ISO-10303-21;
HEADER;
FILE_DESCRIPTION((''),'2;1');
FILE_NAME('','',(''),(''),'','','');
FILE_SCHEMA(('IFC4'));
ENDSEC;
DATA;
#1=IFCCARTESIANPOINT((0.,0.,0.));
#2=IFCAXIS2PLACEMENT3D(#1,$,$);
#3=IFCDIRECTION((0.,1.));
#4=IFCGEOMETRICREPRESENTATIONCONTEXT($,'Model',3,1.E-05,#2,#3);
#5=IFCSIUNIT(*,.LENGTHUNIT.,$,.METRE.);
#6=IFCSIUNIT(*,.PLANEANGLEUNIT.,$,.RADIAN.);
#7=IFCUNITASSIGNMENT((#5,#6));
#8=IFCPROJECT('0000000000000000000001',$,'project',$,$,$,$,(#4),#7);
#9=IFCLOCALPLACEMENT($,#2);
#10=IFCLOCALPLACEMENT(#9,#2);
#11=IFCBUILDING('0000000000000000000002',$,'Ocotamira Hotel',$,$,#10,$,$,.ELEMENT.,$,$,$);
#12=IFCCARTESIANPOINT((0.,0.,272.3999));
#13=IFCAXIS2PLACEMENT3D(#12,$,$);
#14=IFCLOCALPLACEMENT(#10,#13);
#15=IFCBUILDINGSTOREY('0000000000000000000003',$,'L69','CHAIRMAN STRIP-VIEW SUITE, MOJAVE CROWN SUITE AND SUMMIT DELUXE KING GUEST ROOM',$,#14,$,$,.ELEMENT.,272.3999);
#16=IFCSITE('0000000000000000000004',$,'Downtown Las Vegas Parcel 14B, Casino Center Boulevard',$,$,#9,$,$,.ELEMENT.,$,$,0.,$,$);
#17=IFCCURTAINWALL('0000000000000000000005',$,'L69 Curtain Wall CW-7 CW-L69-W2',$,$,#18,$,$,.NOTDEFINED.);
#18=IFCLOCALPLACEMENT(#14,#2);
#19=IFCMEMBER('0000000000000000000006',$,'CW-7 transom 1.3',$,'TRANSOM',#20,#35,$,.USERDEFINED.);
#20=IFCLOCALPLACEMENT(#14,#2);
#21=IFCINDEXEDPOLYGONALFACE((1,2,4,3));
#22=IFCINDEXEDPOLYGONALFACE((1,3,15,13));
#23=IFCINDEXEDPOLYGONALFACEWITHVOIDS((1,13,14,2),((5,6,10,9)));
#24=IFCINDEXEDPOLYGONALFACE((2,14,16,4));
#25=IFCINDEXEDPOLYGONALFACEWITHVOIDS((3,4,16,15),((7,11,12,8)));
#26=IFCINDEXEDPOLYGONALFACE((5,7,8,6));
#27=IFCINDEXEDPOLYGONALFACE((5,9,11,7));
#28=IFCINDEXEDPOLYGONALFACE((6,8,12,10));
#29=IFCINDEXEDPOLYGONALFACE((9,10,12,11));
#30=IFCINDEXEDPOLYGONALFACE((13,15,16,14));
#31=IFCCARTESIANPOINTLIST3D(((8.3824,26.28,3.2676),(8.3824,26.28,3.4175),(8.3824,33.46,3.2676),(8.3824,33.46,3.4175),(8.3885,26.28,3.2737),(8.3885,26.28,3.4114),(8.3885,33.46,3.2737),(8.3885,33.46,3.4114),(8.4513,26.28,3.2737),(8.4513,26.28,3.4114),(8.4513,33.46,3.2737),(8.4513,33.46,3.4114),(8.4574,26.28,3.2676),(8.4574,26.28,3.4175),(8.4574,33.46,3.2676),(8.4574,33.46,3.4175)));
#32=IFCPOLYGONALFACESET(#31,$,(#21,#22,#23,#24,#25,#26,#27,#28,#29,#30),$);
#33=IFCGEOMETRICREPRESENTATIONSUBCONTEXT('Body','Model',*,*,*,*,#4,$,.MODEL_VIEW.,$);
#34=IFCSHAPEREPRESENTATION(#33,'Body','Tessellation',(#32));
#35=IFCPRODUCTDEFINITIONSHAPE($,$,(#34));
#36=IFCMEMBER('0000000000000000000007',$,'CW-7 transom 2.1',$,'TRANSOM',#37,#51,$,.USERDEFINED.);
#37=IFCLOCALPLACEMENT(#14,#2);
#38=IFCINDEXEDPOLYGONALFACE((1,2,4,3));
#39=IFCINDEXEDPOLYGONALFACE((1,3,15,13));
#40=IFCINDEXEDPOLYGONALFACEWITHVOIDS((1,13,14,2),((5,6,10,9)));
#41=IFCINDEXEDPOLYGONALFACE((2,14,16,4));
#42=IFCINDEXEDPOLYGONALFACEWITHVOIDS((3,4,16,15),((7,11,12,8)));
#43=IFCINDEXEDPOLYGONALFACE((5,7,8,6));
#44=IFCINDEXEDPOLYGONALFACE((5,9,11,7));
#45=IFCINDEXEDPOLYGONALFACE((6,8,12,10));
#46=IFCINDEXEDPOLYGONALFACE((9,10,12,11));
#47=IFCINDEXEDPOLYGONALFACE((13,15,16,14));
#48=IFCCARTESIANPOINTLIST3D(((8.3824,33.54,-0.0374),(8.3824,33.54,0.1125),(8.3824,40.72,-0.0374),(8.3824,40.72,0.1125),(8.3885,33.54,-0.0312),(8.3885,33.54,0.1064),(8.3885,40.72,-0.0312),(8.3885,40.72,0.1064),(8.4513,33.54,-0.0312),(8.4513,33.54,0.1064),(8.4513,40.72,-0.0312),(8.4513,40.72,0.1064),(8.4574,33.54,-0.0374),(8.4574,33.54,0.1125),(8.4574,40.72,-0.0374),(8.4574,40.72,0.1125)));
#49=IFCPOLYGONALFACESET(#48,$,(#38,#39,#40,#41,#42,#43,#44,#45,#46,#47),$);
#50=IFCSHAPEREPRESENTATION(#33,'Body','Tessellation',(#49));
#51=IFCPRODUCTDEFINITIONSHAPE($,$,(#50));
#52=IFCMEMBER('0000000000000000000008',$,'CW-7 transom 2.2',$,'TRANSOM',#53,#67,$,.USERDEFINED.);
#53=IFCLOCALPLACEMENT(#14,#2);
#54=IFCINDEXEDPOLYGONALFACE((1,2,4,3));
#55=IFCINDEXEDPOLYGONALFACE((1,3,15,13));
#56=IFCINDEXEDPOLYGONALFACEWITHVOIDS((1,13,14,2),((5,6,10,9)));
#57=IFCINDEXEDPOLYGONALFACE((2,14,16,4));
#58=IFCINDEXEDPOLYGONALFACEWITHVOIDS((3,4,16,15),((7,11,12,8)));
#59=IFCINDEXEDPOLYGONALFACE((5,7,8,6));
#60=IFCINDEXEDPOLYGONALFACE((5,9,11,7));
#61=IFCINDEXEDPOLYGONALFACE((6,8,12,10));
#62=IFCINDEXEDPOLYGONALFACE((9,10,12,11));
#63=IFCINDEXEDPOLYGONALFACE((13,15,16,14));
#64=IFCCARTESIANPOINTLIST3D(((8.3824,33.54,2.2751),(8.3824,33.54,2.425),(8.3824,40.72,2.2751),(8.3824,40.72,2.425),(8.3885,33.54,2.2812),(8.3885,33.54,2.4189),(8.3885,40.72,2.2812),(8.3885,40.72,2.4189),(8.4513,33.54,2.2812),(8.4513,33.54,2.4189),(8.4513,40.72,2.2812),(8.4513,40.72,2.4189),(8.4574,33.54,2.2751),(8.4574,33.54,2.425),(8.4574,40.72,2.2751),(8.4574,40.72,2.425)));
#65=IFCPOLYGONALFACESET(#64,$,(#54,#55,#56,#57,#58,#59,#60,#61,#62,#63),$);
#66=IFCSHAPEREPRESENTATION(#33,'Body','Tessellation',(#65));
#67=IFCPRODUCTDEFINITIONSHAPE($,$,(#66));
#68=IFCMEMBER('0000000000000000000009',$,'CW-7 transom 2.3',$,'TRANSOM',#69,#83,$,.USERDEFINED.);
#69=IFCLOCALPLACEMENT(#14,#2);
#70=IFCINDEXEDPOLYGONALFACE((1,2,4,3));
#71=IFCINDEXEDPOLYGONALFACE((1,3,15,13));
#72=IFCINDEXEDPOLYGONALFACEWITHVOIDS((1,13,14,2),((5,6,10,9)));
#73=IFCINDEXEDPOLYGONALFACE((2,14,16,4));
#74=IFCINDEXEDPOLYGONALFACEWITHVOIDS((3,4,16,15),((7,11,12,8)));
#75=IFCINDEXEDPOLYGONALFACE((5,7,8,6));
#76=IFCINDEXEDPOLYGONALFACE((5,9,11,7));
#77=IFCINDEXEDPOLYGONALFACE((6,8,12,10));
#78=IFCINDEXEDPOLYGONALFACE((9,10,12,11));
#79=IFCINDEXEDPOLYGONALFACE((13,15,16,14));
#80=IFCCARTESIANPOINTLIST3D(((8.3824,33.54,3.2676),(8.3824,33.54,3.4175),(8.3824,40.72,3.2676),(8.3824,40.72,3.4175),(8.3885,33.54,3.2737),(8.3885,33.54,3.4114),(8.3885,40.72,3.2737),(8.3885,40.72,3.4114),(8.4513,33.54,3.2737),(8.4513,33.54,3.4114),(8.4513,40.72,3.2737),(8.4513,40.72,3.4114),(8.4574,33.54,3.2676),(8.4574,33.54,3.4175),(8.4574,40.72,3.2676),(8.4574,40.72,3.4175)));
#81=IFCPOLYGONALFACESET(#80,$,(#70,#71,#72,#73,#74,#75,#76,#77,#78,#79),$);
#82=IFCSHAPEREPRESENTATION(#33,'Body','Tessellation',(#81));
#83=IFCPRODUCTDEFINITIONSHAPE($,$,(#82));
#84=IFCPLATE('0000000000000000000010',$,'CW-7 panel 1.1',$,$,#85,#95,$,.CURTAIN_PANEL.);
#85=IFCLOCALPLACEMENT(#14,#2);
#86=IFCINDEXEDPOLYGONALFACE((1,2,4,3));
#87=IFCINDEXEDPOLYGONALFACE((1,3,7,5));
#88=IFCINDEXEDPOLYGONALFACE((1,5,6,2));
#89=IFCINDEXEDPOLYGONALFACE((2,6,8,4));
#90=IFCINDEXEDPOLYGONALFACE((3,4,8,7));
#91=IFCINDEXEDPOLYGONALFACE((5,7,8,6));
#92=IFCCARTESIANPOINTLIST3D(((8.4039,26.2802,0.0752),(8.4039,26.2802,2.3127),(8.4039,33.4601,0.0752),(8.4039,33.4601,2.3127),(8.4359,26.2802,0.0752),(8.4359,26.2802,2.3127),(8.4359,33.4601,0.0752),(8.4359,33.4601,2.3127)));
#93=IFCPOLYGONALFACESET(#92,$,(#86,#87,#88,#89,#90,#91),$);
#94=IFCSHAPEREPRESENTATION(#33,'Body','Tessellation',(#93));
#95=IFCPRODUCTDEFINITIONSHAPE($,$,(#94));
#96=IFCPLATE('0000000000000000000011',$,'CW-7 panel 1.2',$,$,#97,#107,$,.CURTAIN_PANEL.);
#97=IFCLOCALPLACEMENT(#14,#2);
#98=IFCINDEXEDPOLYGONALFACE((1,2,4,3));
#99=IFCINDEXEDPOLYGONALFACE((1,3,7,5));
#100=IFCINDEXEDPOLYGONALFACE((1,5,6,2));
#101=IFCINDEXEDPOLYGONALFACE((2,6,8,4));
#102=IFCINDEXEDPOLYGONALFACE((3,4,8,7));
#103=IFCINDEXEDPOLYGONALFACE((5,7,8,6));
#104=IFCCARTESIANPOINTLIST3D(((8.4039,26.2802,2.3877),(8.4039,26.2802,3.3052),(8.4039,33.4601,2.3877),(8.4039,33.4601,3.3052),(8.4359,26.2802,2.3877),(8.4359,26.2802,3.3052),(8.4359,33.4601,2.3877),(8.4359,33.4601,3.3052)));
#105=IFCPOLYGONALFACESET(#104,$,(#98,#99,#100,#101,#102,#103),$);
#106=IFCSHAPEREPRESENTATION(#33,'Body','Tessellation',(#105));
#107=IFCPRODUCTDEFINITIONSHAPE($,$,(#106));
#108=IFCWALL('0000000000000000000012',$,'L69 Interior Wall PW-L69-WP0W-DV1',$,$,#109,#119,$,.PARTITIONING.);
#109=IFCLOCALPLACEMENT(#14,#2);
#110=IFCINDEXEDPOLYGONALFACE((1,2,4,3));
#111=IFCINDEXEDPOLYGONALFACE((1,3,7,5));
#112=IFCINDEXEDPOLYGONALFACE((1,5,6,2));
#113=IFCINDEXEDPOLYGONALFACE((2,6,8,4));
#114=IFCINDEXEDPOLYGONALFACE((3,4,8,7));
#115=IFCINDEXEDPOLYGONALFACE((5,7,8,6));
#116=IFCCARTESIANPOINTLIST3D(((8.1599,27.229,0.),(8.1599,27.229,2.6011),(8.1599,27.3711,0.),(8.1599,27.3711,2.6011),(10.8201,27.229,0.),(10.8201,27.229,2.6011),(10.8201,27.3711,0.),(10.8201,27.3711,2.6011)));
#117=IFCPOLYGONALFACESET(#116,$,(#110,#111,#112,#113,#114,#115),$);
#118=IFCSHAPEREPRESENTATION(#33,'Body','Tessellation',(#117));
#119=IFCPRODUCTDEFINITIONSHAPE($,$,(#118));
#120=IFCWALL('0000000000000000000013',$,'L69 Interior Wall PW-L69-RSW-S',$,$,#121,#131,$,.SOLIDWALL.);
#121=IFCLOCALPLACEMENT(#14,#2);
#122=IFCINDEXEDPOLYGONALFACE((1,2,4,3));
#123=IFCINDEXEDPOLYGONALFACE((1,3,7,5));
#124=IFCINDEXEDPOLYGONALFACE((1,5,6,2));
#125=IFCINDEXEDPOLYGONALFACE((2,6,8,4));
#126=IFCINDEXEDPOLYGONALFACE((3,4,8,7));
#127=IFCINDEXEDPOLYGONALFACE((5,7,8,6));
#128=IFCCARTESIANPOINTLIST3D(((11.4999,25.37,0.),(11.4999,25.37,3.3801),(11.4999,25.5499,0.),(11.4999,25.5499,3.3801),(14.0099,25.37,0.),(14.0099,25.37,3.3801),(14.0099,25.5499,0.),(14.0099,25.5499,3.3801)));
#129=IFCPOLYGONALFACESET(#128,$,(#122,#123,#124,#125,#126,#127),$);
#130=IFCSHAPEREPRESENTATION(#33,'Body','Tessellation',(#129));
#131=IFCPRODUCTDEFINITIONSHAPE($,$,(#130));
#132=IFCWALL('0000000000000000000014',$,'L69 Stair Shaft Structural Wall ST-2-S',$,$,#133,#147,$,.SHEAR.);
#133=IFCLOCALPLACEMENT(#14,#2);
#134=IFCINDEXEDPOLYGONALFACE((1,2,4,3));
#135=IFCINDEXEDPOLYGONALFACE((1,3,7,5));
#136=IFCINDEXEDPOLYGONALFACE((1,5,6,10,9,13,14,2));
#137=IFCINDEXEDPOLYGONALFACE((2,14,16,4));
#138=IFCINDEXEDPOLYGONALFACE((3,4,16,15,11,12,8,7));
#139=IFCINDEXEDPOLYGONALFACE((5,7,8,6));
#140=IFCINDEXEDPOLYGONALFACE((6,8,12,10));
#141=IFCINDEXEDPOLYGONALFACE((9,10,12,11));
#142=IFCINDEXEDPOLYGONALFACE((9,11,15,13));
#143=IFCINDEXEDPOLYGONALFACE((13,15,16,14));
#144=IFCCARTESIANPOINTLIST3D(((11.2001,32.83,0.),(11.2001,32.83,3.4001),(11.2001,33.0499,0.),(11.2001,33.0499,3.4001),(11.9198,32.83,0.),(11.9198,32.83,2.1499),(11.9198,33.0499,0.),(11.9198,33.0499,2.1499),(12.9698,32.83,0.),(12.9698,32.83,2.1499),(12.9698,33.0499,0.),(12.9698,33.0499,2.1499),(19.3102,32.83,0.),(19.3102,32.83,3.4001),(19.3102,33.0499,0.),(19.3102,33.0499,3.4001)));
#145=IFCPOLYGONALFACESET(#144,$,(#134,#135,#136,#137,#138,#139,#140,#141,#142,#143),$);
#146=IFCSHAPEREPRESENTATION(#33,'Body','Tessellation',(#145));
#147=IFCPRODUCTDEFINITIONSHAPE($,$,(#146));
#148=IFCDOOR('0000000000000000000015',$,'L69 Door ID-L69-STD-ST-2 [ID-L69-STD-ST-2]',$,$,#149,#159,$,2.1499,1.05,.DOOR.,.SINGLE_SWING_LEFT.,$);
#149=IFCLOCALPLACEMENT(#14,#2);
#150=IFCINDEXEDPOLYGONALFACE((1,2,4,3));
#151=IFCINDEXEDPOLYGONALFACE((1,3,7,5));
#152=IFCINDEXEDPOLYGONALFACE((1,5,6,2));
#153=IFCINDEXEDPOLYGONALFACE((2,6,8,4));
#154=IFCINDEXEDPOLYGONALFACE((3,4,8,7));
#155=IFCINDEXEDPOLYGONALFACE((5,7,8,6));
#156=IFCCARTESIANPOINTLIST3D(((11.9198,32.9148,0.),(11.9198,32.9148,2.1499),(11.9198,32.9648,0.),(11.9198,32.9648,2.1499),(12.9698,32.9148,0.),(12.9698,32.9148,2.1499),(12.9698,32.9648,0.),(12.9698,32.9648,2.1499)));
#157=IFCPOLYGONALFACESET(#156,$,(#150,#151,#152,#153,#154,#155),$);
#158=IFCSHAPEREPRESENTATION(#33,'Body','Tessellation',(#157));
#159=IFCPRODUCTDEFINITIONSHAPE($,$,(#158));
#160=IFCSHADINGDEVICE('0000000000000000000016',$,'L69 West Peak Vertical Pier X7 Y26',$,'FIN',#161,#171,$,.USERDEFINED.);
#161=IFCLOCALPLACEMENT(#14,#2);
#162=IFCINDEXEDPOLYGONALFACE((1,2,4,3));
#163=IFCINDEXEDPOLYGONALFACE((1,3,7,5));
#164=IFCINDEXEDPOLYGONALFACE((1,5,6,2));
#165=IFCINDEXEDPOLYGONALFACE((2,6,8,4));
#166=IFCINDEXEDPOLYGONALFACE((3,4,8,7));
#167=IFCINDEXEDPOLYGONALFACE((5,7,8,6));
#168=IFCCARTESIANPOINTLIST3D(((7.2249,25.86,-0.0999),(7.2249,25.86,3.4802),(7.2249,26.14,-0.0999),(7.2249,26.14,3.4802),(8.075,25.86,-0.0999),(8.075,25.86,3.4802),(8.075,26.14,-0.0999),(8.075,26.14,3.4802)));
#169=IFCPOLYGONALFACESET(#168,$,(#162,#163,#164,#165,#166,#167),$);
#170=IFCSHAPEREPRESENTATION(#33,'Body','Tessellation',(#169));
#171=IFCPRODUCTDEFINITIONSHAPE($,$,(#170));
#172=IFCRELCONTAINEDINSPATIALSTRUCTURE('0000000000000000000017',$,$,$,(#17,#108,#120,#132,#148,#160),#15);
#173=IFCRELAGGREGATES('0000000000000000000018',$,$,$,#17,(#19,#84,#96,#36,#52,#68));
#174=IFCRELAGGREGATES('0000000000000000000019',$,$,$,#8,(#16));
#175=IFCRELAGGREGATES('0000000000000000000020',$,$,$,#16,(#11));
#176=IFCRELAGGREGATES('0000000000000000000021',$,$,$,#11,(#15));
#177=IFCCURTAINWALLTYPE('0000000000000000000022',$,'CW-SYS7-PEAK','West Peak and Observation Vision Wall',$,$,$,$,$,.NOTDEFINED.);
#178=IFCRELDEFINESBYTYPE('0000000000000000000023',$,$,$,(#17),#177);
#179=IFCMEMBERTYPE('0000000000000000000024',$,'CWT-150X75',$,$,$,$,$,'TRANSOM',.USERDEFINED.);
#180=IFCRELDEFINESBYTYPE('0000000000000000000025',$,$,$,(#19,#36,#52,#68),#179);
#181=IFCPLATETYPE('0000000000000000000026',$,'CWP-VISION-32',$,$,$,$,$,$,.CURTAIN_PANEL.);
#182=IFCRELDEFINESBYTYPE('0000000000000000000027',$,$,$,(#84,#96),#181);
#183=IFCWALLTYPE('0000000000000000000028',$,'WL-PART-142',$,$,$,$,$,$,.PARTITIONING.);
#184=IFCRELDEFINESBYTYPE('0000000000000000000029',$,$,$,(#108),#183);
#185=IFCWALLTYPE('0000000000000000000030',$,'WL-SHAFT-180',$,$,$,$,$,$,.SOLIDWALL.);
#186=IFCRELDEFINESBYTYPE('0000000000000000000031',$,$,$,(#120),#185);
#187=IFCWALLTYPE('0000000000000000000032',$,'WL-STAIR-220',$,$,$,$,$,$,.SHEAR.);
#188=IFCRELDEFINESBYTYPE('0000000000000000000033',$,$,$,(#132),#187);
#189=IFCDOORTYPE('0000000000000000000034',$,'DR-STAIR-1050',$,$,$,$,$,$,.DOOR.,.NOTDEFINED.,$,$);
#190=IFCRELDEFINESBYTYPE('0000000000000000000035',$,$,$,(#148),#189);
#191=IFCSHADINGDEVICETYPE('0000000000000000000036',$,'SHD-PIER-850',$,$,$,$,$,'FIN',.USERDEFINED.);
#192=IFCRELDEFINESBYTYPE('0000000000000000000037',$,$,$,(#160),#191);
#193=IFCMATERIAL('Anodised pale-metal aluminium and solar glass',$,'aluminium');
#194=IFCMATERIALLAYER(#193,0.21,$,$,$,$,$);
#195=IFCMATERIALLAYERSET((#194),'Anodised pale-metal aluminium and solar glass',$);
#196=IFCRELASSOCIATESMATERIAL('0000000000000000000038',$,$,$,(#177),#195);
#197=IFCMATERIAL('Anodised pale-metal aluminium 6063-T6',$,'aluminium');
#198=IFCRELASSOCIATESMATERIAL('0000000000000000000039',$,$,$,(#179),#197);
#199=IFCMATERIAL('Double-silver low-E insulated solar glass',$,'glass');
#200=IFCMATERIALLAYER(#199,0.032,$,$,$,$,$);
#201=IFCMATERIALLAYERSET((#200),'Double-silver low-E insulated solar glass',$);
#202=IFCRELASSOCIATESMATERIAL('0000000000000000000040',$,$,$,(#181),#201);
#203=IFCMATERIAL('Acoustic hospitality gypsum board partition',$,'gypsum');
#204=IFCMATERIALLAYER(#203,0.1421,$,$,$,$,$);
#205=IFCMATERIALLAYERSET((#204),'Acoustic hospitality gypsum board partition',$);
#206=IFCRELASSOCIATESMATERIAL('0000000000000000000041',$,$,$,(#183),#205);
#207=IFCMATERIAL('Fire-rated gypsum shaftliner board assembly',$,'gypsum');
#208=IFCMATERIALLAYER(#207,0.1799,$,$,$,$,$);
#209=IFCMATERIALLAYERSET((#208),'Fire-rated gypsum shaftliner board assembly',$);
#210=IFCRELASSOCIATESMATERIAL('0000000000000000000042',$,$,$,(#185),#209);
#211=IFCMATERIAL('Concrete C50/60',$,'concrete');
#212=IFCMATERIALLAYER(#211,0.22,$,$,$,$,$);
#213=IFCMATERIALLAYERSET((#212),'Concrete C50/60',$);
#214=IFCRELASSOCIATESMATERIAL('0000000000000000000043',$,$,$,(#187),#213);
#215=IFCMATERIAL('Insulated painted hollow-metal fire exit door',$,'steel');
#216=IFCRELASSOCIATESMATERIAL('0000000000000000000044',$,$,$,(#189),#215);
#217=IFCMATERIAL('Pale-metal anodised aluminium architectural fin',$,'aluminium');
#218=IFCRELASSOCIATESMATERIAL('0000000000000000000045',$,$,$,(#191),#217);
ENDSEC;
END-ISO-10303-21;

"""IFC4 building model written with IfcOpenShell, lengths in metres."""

from ifc_helpers import new_model, si_unit, direction, frame, frame_2d, origin, origin_2d, place, context, subcontext, project, spatial, rectangle, hollow_rectangle, extrude, source, transform, mapped, material, layer, layer_set, material_profile, profile_set, type_object, element, fill, aggregate, save


model = new_model("IFC4")

# Units and contexts
model_context = context("Model", 3, precision=1e-05, world=origin(), true_north=direction((0.0, 1.0)))
body_context = subcontext(model_context, "Body", "Model", "MODEL_VIEW")
ifc_project = project(units=[si_unit("LENGTHUNIT", "METRE"), si_unit("PLANEANGLEUNIT", "RADIAN")], contexts=[model_context])

# Site, building, storey
site_placement = place(None, origin())
site = spatial("IfcSite", under=ifc_project, at=site_placement, Name="Downtown Las Vegas Parcel 14B, Casino Center Boulevard", CompositionType="ELEMENT", RefElevation=0.0)
building_placement = place(site_placement, origin())
building = spatial("IfcBuilding", under=site, at=building_placement, Name="Ocotamira Hotel", CompositionType="ELEMENT")
storey_placement = place(building_placement, frame((0.0, 0.0, 272.3999)))
storey = spatial("IfcBuildingStorey", under=building, at=storey_placement, Name="L69", Description="CHAIRMAN STRIP-VIEW SUITE, MOJAVE CROWN SUITE AND SUMMIT DELUXE KING GUEST ROOM", CompositionType="ELEMENT", Elevation=272.3999)

# Shared definitions
ifc_material_1 = material(Name="Anodised pale-metal aluminium and solar glass", Category="aluminium")
ifc_layer_1 = layer(ifc_material_1, 0.21)
ifc_layer_set_1 = layer_set([ifc_layer_1], Name="Anodised pale-metal aluminium and solar glass")
curtain_wall_type = type_object("IfcCurtainWallType", Name="CW-SYS7-PEAK", Description="West Peak and Observation Vision Wall", PredefinedType="NOTDEFINED", material=ifc_layer_set_1)
ifc_material_2 = material(Name="Anodised pale-metal aluminium 6063-T6", Category="aluminium")

# Curtain wall, members, plates
curtain_wall_1_placement = place(storey_placement, origin())
curtain_wall_1 = element("IfcCurtainWall", 1, at=curtain_wall_1_placement, inside=storey, type_object=curtain_wall_type, Name="L69 Curtain Wall CW-7 CW-L69-W2", PredefinedType="NOTDEFINED")
ifc_material_profile_1 = material_profile(ifc_material_2, hollow_rectangle(XDim=0.075, YDim=0.1499, WallThickness=0.0061, at=origin_2d()), Name="HSS150X75X6")
ifc_profile_set_1 = profile_set([ifc_material_profile_1], Name="Anodised pale-metal aluminium 6063-T6")
member_type_1 = type_object("IfcMemberType", Name="CWT-150X75", ElementType="TRANSOM", PredefinedType="USERDEFINED", material=ifc_profile_set_1)
shared_shape_1 = source(origin(), body_context, "Body", "SweptSolid", [
    extrude(hollow_rectangle(XDim=0.075, YDim=0.1499, WallThickness=0.0061, at=origin_2d()), origin(), (0.0, 0.0, 1.0), 7.1799),
])
member_1_placement = place(storey_placement, frame((8.4199, 26.28, 3.3425), z_axis=(0.0, 1.0, 0.0), x_axis=(-1.0, 0.0, 0.0)))
member_1 = element("IfcMember", 2, at=member_1_placement, type_object=member_type_1, Name="CW-7 transom 1.3", ObjectType="TRANSOM", PredefinedType="USERDEFINED", context=body_context, shape_type="MappedRepresentation", body=[
    mapped(shared_shape_1, transform((0.0, 0.0, 0.0), scale=1.0)),
])
member_2_placement = place(storey_placement, frame((8.4199, 33.54, 0.0376), z_axis=(0.0, 1.0, 0.0), x_axis=(-1.0, 0.0, 0.0)))
member_2 = element("IfcMember", 3, at=member_2_placement, type_object=member_type_1, Name="CW-7 transom 2.1", ObjectType="TRANSOM", PredefinedType="USERDEFINED", context=body_context, shape_type="MappedRepresentation", body=[
    mapped(shared_shape_1, transform((0.0, 0.0, 0.0), scale=1.0)),
])
member_3_placement = place(storey_placement, frame((8.4199, 33.54, 2.3501), z_axis=(0.0, 1.0, 0.0), x_axis=(-1.0, 0.0, 0.0)))
member_3 = element("IfcMember", 4, at=member_3_placement, type_object=member_type_1, Name="CW-7 transom 2.2", ObjectType="TRANSOM", PredefinedType="USERDEFINED", context=body_context, shape_type="MappedRepresentation", body=[
    mapped(shared_shape_1, transform((0.0, 0.0, 0.0), scale=1.0)),
])
member_4_placement = place(storey_placement, frame((8.4199, 33.54, 3.3425), z_axis=(0.0, 1.0, 0.0), x_axis=(-1.0, 0.0, 0.0)))
member_4 = element("IfcMember", 5, at=member_4_placement, type_object=member_type_1, Name="CW-7 transom 2.3", ObjectType="TRANSOM", PredefinedType="USERDEFINED", context=body_context, shape_type="MappedRepresentation", body=[
    mapped(shared_shape_1, transform((0.0, 0.0, 0.0), scale=1.0)),
])
ifc_material_3 = material(Name="Double-silver low-E insulated solar glass", Category="glass")
ifc_layer_2 = layer(ifc_material_3, 0.032)
ifc_layer_set_2 = layer_set([ifc_layer_2], Name="Double-silver low-E insulated solar glass")
plate_type = type_object("IfcPlateType", Name="CWP-VISION-32", PredefinedType="CURTAIN_PANEL", material=ifc_layer_set_2)
shared_shape_2 = source(origin(), body_context, "Body", "SweptSolid", [
    extrude(rectangle(XDim=7.1799, YDim=0.032, at=origin_2d()), origin(), (0.0, 0.0, 1.0), 2.2375),
])
plate_1_placement = place(storey_placement, frame((8.4199, 29.8701, 0.0752), z_axis=(0.0, 0.0, 1.0), x_axis=(0.0, 1.0, 0.0)))
plate_1 = element("IfcPlate", 6, at=plate_1_placement, type_object=plate_type, Name="CW-7 panel 1.1", PredefinedType="CURTAIN_PANEL", context=body_context, shape_type="MappedRepresentation", body=[
    mapped(shared_shape_2, transform((0.0, 0.0, 0.0), scale=1.0)),
])
shared_shape_3 = source(origin(), body_context, "Body", "SweptSolid", [
    extrude(rectangle(XDim=7.1799, YDim=0.032, at=origin_2d()), origin(), (0.0, 0.0, 1.0), 0.9175),
])
plate_2_placement = place(storey_placement, frame((8.4199, 29.8701, 2.3877), z_axis=(0.0, 0.0, 1.0), x_axis=(0.0, 1.0, 0.0)))
plate_2 = element("IfcPlate", 7, at=plate_2_placement, type_object=plate_type, Name="CW-7 panel 1.2", PredefinedType="CURTAIN_PANEL", context=body_context, shape_type="MappedRepresentation", body=[
    mapped(shared_shape_3, transform((0.0, 0.0, 0.0), scale=1.0)),
])
aggregate(curtain_wall_1, [member_1, plate_1, plate_2, member_2, member_3, member_4])

# Walls
ifc_material_4 = material(Name="Acoustic hospitality gypsum board partition", Category="gypsum")
ifc_layer_3 = layer(ifc_material_4, 0.1421)
ifc_layer_set_3 = layer_set([ifc_layer_3], Name="Acoustic hospitality gypsum board partition")
wall_type_1 = type_object("IfcWallType", Name="WL-PART-142", PredefinedType="PARTITIONING", material=ifc_layer_set_3)
wall_1_placement = place(storey_placement, frame((8.1599, 27.3, 0.0), z_axis=(0.0, 0.0, 1.0), x_axis=(1.0, 0.0, 0.0)))
element("IfcWall", 8, at=wall_1_placement, inside=storey, type_object=wall_type_1, Name="L69 Interior Wall PW-L69-WP0W-DV1", PredefinedType="PARTITIONING", context=body_context, shape_type="SweptSolid", body=[
    extrude(rectangle(XDim=2.6602, YDim=0.1421, at=frame_2d((1.3301, 0.0))), origin(), (0.0, 0.0, 1.0), 2.6011),
])
ifc_material_5 = material(Name="Fire-rated gypsum shaftliner board assembly", Category="gypsum")
ifc_layer_4 = layer(ifc_material_5, 0.1799)
ifc_layer_set_4 = layer_set([ifc_layer_4], Name="Fire-rated gypsum shaftliner board assembly")
wall_type_2 = type_object("IfcWallType", Name="WL-SHAFT-180", PredefinedType="SOLIDWALL", material=ifc_layer_set_4)
wall_2_placement = place(storey_placement, frame((11.5, 25.46, 0.0), z_axis=(0.0, 0.0, 1.0), x_axis=(1.0, 0.0, 0.0)))
element("IfcWall", 9, at=wall_2_placement, inside=storey, type_object=wall_type_2, Name="L69 Interior Wall PW-L69-RSW-S", PredefinedType="SOLIDWALL", context=body_context, shape_type="SweptSolid", body=[
    extrude(rectangle(XDim=2.51, YDim=0.1799, at=frame_2d((1.2549, 0.0))), origin(), (0.0, 0.0, 1.0), 3.3801),
])

# Wall, opening, door
ifc_material_6 = material(Name="Concrete C50/60", Category="concrete")
ifc_layer_5 = layer(ifc_material_6, 0.22)
ifc_layer_set_5 = layer_set([ifc_layer_5], Name="Concrete C50/60")
wall_type_3 = type_object("IfcWallType", Name="WL-STAIR-220", PredefinedType="SHEAR", material=ifc_layer_set_5)
wall_3_placement = place(storey_placement, frame((11.2, 32.9399, 0.0), z_axis=(0.0, 0.0, 1.0), x_axis=(1.0, 0.0, 0.0)))
wall_3 = element("IfcWall", 10, at=wall_3_placement, inside=storey, type_object=wall_type_3, Name="L69 Stair Shaft Structural Wall ST-2-S", PredefinedType="SHEAR", context=body_context, shape_type="SweptSolid", body=[
    extrude(rectangle(XDim=8.1101, YDim=0.22, at=frame_2d((4.0552, 0.0))), origin(), (0.0, 0.0, 1.0), 3.4001),
])
opening_placement = place(wall_3_placement, frame((0.72, 0.0, 0.0)))
opening = element("IfcOpeningElement", 11, at=opening_placement, cuts=wall_3, PredefinedType="OPENING", context=body_context, shape_type="SweptSolid", body=[
    extrude(rectangle(XDim=1.05, YDim=2.1499, at=frame_2d((0.5249, 1.075))), frame((0.0, 0.1201, 0.0), z_axis=(0.0, -1.0, 0.0), x_axis=(1.0, 0.0, 0.0)), (0.0, 0.0, 1.0), 0.24),
])
ifc_material_7 = material(Name="Insulated painted hollow-metal fire exit door", Category="steel")
door_type = type_object("IfcDoorType", Name="DR-STAIR-1050", OperationType="NOTDEFINED", PredefinedType="DOOR", material=ifc_material_7)
shared_shape_4 = source(origin(), body_context, "Body", "SweptSolid", [
    extrude(rectangle(XDim=1.05, YDim=2.1499, at=frame_2d((0.5249, 1.075))), frame((0.0, 0.0249, 0.0), z_axis=(0.0, -1.0, 0.0), x_axis=(1.0, 0.0, 0.0)), (0.0, 0.0, 1.0), 0.05),
])
door_placement = place(opening_placement, origin())
door = element("IfcDoor", 12, at=door_placement, inside=storey, type_object=door_type, Name="L69 Door ID-L69-STD-ST-2 [ID-L69-STD-ST-2]", OperationType="SINGLE_SWING_LEFT", OverallHeight=2.1499, OverallWidth=1.05, PredefinedType="DOOR", context=body_context, shape_type="MappedRepresentation", body=[
    mapped(shared_shape_4, transform((0.0, 0.0, 0.0), scale=1.0)),
])
fill(opening, door)

# Shading device
ifc_material_8 = material(Name="Pale-metal anodised aluminium architectural fin", Category="aluminium")
shading_device_type = type_object("IfcShadingDeviceType", Name="SHD-PIER-850", ElementType="FIN", PredefinedType="USERDEFINED", material=ifc_material_8)
shared_shape_5 = source(origin(), body_context, "Body", "SweptSolid", [
    extrude(rectangle(XDim=0.8501, YDim=0.28, at=origin_2d()), origin(), (0.0, 0.0, 1.0), 3.5801),
])
for number, where, z_axis, x_axis, name in (
    (13, (7.6499, 26.0, -0.0999), (0.0, 0.0, 1.0), (1.0, 0.0, 0.0), "L69 West Peak Vertical Pier X7 Y26"),
):
    element("IfcShadingDevice", number, at=place(storey_placement, frame(where, z_axis=z_axis, x_axis=x_axis)), inside=storey, type_object=shading_device_type, Name=name, ObjectType="FIN", PredefinedType="USERDEFINED", context=body_context, shape_type="MappedRepresentation", body=[
        mapped(shared_shape_5, transform((0.0, 0.0, 0.0), scale=1.0)),
    ])

save(model, "model.ifc")
